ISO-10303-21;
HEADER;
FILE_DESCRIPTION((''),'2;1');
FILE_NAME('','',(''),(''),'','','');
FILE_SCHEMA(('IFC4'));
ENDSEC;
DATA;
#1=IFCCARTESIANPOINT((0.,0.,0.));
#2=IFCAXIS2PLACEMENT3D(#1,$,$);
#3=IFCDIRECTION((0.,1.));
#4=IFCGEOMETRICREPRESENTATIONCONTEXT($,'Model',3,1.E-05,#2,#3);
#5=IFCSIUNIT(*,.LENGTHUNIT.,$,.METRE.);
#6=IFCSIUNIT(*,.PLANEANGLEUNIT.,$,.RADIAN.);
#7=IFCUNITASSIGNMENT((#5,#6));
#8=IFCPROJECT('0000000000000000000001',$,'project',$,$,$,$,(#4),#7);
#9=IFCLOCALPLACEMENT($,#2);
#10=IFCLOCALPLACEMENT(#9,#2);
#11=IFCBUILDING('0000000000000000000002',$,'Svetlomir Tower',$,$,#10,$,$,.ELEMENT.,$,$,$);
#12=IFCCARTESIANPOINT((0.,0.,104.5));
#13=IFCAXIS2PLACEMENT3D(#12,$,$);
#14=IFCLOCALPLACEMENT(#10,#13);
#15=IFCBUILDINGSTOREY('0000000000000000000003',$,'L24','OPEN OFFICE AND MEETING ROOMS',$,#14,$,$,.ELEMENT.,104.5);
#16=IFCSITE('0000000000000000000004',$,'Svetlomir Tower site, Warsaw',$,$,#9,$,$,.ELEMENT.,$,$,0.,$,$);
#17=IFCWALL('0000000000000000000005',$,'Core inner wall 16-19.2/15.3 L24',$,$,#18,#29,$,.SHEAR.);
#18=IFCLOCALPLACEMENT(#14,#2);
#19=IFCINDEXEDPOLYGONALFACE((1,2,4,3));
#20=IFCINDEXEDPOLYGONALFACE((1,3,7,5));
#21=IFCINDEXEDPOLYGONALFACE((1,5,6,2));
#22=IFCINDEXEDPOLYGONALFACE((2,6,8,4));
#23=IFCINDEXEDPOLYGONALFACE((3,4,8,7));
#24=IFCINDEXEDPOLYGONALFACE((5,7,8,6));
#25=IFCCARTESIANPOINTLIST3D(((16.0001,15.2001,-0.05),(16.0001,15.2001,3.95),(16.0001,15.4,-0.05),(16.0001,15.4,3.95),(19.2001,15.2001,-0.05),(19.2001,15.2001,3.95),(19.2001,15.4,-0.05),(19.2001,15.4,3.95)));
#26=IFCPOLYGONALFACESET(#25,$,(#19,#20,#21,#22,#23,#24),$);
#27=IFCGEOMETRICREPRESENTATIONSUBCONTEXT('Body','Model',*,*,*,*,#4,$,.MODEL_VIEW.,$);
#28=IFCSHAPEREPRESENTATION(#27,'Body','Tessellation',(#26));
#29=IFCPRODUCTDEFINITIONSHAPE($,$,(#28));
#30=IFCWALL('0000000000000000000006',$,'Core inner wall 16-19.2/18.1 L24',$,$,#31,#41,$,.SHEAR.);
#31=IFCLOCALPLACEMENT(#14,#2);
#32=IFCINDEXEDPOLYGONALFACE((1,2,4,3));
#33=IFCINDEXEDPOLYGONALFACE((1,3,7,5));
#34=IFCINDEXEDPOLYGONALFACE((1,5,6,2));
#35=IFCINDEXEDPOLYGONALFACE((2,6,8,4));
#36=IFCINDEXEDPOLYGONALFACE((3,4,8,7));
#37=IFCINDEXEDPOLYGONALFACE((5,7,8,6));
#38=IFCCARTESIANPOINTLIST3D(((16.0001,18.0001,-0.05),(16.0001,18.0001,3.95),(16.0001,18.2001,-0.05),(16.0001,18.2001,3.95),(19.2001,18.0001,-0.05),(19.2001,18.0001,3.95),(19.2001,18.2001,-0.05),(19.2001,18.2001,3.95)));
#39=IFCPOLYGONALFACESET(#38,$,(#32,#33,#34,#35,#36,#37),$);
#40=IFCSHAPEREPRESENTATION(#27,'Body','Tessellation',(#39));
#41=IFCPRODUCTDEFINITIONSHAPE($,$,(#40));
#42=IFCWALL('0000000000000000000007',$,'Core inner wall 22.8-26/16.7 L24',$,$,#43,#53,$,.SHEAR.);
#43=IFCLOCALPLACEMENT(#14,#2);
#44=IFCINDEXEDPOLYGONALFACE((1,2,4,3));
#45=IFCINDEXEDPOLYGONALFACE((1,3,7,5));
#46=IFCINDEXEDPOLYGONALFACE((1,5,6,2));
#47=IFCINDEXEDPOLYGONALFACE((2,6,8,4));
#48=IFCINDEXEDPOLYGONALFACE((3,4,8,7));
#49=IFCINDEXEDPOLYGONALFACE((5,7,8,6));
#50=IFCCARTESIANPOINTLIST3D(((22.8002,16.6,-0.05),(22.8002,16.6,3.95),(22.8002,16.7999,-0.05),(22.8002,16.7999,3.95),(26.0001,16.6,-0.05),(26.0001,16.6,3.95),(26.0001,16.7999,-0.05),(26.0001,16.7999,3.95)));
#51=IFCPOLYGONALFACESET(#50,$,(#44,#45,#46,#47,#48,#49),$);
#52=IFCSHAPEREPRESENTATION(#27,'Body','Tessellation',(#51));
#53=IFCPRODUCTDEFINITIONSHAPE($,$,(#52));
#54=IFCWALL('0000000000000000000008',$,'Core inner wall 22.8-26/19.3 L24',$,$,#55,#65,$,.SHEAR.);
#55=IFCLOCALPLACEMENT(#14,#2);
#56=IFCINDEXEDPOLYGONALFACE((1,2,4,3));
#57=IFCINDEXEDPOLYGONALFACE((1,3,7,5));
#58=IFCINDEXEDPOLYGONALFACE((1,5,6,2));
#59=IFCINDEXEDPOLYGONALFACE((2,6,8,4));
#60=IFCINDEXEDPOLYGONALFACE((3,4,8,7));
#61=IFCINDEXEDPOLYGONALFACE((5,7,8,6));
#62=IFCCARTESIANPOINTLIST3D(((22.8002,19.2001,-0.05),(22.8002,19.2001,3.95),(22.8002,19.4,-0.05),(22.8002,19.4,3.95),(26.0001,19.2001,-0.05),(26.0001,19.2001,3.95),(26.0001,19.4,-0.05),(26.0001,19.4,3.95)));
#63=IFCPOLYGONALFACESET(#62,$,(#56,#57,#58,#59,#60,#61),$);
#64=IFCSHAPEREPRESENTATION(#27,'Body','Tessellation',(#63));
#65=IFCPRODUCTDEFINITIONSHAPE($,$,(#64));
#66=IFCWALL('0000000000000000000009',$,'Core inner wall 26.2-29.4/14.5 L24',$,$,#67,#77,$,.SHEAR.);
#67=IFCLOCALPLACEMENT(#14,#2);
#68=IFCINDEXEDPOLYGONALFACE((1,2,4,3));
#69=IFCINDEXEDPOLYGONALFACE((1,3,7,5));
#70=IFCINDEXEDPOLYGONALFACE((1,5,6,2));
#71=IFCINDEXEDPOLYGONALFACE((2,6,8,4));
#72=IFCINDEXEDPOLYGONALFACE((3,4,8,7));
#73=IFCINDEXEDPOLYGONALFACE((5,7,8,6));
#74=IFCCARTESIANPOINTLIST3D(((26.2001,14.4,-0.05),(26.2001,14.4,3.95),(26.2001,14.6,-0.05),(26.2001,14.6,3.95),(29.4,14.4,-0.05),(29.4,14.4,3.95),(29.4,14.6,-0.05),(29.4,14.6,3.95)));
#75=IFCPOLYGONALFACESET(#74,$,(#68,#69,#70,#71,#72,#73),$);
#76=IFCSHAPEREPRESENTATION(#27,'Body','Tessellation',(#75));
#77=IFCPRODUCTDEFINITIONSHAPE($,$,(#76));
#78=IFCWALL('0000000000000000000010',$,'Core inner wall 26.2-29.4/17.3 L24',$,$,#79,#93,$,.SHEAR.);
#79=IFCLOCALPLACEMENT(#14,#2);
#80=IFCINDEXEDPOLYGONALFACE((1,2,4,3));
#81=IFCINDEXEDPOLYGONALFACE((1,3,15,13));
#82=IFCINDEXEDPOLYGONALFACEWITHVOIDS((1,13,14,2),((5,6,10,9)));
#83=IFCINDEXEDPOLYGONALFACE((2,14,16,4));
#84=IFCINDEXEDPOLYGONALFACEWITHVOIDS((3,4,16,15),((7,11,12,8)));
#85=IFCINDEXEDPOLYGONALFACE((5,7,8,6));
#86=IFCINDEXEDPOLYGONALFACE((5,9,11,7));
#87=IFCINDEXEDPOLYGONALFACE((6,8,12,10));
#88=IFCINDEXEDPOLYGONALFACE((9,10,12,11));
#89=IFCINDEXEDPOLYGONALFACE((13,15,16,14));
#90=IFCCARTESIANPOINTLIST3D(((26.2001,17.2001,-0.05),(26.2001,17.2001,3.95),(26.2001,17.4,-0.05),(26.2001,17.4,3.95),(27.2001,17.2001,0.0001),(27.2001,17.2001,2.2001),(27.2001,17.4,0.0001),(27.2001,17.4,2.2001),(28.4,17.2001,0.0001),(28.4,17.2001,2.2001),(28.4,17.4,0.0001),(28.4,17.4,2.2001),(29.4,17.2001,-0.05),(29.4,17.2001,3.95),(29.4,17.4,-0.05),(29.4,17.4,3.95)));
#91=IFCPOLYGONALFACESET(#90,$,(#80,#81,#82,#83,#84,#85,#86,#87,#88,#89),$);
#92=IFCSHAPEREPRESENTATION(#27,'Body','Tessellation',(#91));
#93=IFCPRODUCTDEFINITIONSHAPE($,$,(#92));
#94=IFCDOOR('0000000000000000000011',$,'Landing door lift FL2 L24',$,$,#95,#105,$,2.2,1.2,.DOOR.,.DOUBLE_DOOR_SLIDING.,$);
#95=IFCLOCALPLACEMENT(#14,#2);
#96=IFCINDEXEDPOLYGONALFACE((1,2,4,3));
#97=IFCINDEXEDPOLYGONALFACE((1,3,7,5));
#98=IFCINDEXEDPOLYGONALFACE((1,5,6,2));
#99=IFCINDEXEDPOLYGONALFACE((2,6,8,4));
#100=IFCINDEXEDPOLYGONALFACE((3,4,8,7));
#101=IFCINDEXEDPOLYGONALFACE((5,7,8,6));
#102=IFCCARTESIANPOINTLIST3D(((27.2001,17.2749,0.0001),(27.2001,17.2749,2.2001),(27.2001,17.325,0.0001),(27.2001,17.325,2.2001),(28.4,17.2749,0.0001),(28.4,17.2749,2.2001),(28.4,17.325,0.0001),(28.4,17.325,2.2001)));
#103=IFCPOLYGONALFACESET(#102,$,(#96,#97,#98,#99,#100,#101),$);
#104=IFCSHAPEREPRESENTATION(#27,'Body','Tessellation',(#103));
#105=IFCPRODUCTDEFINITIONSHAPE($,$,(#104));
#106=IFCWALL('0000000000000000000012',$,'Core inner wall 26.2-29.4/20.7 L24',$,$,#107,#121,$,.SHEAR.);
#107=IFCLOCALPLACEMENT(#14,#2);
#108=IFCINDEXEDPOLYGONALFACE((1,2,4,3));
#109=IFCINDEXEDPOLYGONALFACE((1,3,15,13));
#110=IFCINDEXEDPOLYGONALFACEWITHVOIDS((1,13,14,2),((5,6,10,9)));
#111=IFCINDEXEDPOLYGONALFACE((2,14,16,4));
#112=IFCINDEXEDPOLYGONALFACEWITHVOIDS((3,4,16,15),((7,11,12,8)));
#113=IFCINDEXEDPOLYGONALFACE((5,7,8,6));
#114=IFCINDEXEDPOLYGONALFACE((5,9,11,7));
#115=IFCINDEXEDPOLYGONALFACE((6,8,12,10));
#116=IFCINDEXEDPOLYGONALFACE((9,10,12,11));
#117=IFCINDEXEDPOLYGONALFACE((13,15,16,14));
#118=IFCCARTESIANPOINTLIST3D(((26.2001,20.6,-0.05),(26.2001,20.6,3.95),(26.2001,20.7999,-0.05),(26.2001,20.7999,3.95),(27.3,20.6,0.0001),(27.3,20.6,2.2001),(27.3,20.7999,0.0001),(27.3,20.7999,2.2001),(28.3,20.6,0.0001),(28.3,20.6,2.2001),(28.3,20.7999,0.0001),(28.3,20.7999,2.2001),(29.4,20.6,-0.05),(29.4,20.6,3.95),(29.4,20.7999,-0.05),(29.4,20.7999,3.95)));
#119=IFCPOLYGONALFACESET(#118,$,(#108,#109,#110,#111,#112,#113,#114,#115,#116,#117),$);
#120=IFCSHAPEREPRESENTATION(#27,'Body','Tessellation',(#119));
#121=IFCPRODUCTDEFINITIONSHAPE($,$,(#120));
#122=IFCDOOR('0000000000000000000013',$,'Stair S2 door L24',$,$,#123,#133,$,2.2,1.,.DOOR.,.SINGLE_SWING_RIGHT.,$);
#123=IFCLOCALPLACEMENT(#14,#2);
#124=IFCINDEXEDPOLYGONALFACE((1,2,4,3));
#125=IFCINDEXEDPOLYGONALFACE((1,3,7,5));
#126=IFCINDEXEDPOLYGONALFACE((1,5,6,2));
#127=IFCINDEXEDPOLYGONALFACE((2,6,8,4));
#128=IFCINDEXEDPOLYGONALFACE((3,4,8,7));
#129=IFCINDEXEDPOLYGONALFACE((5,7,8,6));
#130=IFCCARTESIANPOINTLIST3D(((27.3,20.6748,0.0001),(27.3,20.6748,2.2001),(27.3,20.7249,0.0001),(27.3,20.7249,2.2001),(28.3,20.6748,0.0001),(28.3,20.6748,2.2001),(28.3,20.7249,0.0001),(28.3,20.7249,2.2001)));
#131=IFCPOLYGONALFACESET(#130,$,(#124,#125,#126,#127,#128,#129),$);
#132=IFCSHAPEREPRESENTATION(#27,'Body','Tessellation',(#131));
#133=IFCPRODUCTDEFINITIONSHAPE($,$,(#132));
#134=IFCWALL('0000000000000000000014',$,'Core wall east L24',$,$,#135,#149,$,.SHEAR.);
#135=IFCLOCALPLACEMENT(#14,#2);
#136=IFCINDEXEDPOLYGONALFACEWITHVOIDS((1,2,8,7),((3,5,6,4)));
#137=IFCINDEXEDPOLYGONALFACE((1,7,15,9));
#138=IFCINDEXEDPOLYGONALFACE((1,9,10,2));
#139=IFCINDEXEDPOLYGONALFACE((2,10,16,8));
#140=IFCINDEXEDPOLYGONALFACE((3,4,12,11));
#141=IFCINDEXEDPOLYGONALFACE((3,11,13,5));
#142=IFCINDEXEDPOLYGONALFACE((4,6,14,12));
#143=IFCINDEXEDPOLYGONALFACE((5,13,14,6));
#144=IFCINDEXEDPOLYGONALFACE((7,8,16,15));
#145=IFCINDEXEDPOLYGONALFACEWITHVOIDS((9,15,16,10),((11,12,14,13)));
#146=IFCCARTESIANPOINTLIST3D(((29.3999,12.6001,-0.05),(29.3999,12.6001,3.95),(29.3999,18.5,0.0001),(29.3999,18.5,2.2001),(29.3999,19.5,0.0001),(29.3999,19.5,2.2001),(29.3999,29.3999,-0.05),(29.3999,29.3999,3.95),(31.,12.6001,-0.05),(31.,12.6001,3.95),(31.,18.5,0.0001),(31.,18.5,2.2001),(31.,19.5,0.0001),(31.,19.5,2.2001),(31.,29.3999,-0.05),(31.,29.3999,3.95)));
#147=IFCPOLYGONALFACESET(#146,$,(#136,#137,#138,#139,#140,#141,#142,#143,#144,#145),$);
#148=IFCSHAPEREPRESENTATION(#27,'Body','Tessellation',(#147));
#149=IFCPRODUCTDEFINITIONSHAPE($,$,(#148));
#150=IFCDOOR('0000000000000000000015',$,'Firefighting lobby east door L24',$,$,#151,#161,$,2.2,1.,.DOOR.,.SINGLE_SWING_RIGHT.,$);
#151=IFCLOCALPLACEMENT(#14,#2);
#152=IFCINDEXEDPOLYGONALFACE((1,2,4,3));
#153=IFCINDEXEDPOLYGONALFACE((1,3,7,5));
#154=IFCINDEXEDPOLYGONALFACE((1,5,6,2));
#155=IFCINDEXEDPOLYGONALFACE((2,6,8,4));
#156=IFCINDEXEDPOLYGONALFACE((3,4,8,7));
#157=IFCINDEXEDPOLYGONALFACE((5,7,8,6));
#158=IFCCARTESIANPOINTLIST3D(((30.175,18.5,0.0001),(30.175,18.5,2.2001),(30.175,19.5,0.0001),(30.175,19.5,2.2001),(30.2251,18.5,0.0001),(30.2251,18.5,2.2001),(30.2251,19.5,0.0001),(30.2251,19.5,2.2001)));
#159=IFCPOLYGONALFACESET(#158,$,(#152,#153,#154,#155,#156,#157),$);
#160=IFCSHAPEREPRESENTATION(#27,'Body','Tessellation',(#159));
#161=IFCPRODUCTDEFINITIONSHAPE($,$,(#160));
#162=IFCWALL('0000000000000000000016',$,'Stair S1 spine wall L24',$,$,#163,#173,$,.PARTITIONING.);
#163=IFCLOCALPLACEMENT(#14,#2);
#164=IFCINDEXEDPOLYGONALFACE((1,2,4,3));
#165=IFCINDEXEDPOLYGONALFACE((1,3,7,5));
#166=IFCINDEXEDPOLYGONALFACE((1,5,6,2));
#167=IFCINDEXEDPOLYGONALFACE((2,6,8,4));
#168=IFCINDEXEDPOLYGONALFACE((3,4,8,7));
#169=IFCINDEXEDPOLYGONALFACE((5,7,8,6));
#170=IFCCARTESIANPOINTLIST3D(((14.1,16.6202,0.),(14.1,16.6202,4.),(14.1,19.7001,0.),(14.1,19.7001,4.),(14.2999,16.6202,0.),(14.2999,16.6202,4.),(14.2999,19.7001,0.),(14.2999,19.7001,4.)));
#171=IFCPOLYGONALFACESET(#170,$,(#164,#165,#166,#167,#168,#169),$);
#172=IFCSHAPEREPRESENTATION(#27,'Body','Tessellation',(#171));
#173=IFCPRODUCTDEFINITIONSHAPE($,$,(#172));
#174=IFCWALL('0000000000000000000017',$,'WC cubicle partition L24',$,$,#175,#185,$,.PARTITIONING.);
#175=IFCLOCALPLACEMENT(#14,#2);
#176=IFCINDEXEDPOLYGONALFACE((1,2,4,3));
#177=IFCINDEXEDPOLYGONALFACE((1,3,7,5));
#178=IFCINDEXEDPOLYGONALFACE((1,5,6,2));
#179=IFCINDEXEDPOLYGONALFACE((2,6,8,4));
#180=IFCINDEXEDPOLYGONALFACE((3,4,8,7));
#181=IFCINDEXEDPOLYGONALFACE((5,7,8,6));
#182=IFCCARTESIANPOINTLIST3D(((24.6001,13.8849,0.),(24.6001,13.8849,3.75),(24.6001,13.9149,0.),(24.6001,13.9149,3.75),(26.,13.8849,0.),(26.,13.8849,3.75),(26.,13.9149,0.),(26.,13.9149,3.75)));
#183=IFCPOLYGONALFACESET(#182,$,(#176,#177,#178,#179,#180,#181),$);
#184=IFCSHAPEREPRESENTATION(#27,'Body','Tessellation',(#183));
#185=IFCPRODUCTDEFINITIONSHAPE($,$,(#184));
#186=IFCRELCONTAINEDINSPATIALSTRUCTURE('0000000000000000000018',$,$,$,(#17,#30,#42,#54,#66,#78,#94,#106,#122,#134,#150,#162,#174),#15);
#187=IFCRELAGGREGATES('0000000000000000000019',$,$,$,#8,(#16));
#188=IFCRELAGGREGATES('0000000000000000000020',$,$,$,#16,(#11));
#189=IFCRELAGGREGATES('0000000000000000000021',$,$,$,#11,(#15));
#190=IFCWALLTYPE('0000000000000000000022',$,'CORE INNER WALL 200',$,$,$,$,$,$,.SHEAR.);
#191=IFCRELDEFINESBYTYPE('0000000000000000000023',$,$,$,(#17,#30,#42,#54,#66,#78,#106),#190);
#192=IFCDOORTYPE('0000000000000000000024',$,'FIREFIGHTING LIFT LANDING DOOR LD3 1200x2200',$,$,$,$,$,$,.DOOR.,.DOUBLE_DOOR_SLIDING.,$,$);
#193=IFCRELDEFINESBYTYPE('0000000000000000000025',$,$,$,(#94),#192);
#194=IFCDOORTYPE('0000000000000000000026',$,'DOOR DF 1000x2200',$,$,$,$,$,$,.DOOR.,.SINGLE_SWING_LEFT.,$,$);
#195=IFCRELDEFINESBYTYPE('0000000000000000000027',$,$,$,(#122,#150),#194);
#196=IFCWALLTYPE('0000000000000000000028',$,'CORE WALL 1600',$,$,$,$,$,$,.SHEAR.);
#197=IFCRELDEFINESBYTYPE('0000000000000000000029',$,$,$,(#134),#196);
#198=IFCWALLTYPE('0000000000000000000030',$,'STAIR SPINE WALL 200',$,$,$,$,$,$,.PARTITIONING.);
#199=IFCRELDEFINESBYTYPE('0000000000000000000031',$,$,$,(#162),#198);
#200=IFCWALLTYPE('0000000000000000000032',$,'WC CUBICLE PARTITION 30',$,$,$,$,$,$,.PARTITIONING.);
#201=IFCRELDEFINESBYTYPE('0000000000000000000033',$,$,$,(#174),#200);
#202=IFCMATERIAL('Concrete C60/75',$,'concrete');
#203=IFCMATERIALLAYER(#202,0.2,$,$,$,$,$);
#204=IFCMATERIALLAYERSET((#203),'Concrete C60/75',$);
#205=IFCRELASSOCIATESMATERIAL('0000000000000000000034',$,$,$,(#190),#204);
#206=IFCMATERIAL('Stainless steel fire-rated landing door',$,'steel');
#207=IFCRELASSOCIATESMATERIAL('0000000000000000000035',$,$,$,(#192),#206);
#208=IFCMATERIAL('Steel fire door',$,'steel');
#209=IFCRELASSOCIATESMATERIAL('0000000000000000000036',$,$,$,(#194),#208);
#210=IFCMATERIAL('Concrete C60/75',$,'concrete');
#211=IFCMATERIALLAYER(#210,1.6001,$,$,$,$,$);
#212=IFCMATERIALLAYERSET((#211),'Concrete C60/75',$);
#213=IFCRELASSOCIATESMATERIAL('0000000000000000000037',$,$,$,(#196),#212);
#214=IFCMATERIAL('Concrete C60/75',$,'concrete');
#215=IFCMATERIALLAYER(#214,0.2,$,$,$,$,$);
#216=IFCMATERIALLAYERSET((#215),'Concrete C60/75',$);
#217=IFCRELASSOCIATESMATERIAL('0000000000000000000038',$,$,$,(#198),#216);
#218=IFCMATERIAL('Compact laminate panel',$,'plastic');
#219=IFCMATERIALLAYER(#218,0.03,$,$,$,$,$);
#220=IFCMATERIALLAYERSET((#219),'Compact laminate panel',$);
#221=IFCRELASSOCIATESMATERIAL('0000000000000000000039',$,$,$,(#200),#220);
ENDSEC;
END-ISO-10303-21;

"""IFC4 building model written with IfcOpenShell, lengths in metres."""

from ifc_helpers import new_model, si_unit, direction, frame, frame_2d, origin, place, context, subcontext, project, spatial, rectangle, extrude, material, layer, layer_set, type_object, element, fill, save


model = new_model("IFC4")

# Units and contexts
model_context = context("Model", 3, precision=1e-05, world=origin(), true_north=direction((0.0, 1.0)))
body_context = subcontext(model_context, "Body", "Model", "MODEL_VIEW")
ifc_project = project(units=[si_unit("LENGTHUNIT", "METRE"), si_unit("PLANEANGLEUNIT", "RADIAN")], contexts=[model_context])

# Site, building, storey
site_placement = place(None, origin())
site = spatial("IfcSite", under=ifc_project, at=site_placement, Name="Svetlomir Tower site, Warsaw", CompositionType="ELEMENT", RefElevation=0.0)
building_placement = place(site_placement, origin())
building = spatial("IfcBuilding", under=site, at=building_placement, Name="Svetlomir Tower", CompositionType="ELEMENT")
storey_placement = place(building_placement, frame((0.0, 0.0, 104.5)))
storey = spatial("IfcBuildingStorey", under=building, at=storey_placement, Name="L24", Description="OPEN OFFICE AND MEETING ROOMS", CompositionType="ELEMENT", Elevation=104.5)

# Walls
ifc_material_1 = material(Name="Concrete C60/75", Category="concrete")
ifc_layer_1 = layer(ifc_material_1, 0.2)
ifc_layer_set_1 = layer_set([ifc_layer_1], Name="Concrete C60/75")
wall_type_1 = type_object("IfcWallType", Name="CORE INNER WALL 200", PredefinedType="SHEAR", material=ifc_layer_set_1)
for number, where, z_axis, x_axis, name in (
    (1, (16.0, 15.3, -0.05), (0.0, 0.0, 1.0), (1.0, 0.0, 0.0), "Core inner wall 16-19.2/15.3 L24"),
    (2, (16.0, 18.1001, -0.05), (0.0, 0.0, 1.0), (1.0, 0.0, 0.0), "Core inner wall 16-19.2/18.1 L24"),
    (3, (22.8, 16.7, -0.05), (0.0, 0.0, 1.0), (1.0, 0.0, 0.0), "Core inner wall 22.8-26/16.7 L24"),
    (4, (22.8, 19.3, -0.05), (0.0, 0.0, 1.0), (1.0, 0.0, 0.0), "Core inner wall 22.8-26/19.3 L24"),
    (5, (26.2, 14.5, -0.05), (0.0, 0.0, 1.0), (1.0, 0.0, 0.0), "Core inner wall 26.2-29.4/14.5 L24"),
):
    element("IfcWall", number, at=place(storey_placement, frame(where, z_axis=z_axis, x_axis=x_axis)), inside=storey, type_object=wall_type_1, Name=name, PredefinedType="SHEAR", context=body_context, shape_type="SweptSolid", body=[
        extrude(rectangle(XDim=3.2, YDim=0.2, at=frame_2d((1.6001, 0.0))), origin(), (0.0, 0.0, 1.0), 4.0),
    ])

# Walls, openings, doors
wall_1_placement = place(storey_placement, frame((26.2, 17.3, -0.05), z_axis=(0.0, 0.0, 1.0), x_axis=(1.0, 0.0, 0.0)))
wall_1 = element("IfcWall", 6, at=wall_1_placement, inside=storey, type_object=wall_type_1, Name="Core inner wall 26.2-29.4/17.3 L24", PredefinedType="SHEAR", context=body_context, shape_type="SweptSolid", body=[
    extrude(rectangle(XDim=3.2, YDim=0.2, at=frame_2d((1.6001, 0.0))), origin(), (0.0, 0.0, 1.0), 4.0),
])
opening_1_placement = place(wall_1_placement, frame((1.0, 0.0, 0.05)))
opening_1 = element("IfcOpeningElement", 7, at=opening_1_placement, cuts=wall_1, PredefinedType="OPENING", context=body_context, shape_type="SweptSolid", body=[
    extrude(rectangle(XDim=1.2, YDim=2.2, at=frame_2d((0.6001, 1.1001))), frame((0.0, 0.1099, 0.0), z_axis=(0.0, -1.0, 0.0), x_axis=(1.0, 0.0, 0.0)), (0.0, 0.0, 1.0), 0.22),
])
ifc_material_2 = material(Name="Stainless steel fire-rated landing door", Category="steel")
door_type_1 = type_object("IfcDoorType", Name="FIREFIGHTING LIFT LANDING DOOR LD3 1200x2200", OperationType="DOUBLE_DOOR_SLIDING", PredefinedType="DOOR", material=ifc_material_2)
door_1_placement = place(opening_1_placement, origin())
door_1 = element("IfcDoor", 8, at=door_1_placement, inside=storey, type_object=door_type_1, Name="Landing door lift FL2 L24", OperationType="DOUBLE_DOOR_SLIDING", OverallHeight=2.2, OverallWidth=1.2, PredefinedType="DOOR", context=body_context, shape_type="SweptSolid", body=[
    extrude(rectangle(XDim=1.2, YDim=2.2, at=frame_2d((0.6001, 1.1001))), frame((0.0, 0.0249, 0.0), z_axis=(0.0, -1.0, 0.0), x_axis=(1.0, 0.0, 0.0)), (0.0, 0.0, 1.0), 0.05),
])
fill(opening_1, door_1)
wall_2_placement = place(storey_placement, frame((26.2, 20.7, -0.05), z_axis=(0.0, 0.0, 1.0), x_axis=(1.0, 0.0, 0.0)))
wall_2 = element("IfcWall", 9, at=wall_2_placement, inside=storey, type_object=wall_type_1, Name="Core inner wall 26.2-29.4/20.7 L24", PredefinedType="SHEAR", context=body_context, shape_type="SweptSolid", body=[
    extrude(rectangle(XDim=3.2, YDim=0.2, at=frame_2d((1.6001, 0.0))), origin(), (0.0, 0.0, 1.0), 4.0),
])
opening_2_placement = place(wall_2_placement, frame((1.1001, 0.0, 0.05)))
opening_2 = element("IfcOpeningElement", 10, at=opening_2_placement, cuts=wall_2, PredefinedType="OPENING", context=body_context, shape_type="SweptSolid", body=[
    extrude(rectangle(XDim=1.0, YDim=2.2, at=frame_2d((0.5, 1.1001))), frame((0.0, 0.1099, 0.0), z_axis=(0.0, -1.0, 0.0), x_axis=(1.0, 0.0, 0.0)), (0.0, 0.0, 1.0), 0.22),
])
ifc_material_3 = material(Name="Steel fire door", Category="steel")
door_type_2 = type_object("IfcDoorType", Name="DOOR DF 1000x2200", OperationType="SINGLE_SWING_LEFT", PredefinedType="DOOR", material=ifc_material_3)
door_2_placement = place(opening_2_placement, origin())
door_2 = element("IfcDoor", 11, at=door_2_placement, inside=storey, type_object=door_type_2, Name="Stair S2 door L24", OperationType="SINGLE_SWING_RIGHT", OverallHeight=2.2, OverallWidth=1.0, PredefinedType="DOOR", context=body_context, shape_type="SweptSolid", body=[
    extrude(rectangle(XDim=1.0, YDim=2.2, at=frame_2d((0.5, 1.1001))), frame((0.0, 0.0249, 0.0), z_axis=(0.0, -1.0, 0.0), x_axis=(1.0, 0.0, 0.0)), (0.0, 0.0, 1.0), 0.05),
])
fill(opening_2, door_2)
ifc_material_4 = material(Name="Concrete C60/75", Category="concrete")
ifc_layer_2 = layer(ifc_material_4, 1.6001)
ifc_layer_set_2 = layer_set([ifc_layer_2], Name="Concrete C60/75")
wall_type_2 = type_object("IfcWallType", Name="CORE WALL 1600", PredefinedType="SHEAR", material=ifc_layer_set_2)
wall_3_placement = place(storey_placement, frame((30.2, 12.6001, -0.05), z_axis=(0.0, 0.0, 1.0), x_axis=(0.0, 1.0, 0.0)))
wall_3 = element("IfcWall", 12, at=wall_3_placement, inside=storey, type_object=wall_type_2, Name="Core wall east L24", PredefinedType="SHEAR", context=body_context, shape_type="SweptSolid", body=[
    extrude(rectangle(XDim=16.7998, YDim=1.6001, at=frame_2d((8.3999, 0.0))), origin(), (0.0, 0.0, 1.0), 4.0),
])
opening_3_placement = place(wall_3_placement, frame((5.8999, 0.0, 0.05)))
opening_3 = element("IfcOpeningElement", 13, at=opening_3_placement, cuts=wall_3, PredefinedType="OPENING", context=body_context, shape_type="SweptSolid", body=[
    extrude(rectangle(XDim=1.0, YDim=2.2, at=frame_2d((0.5, 1.1001))), frame((0.0, 0.8101, 0.0), z_axis=(0.0, -1.0, 0.0), x_axis=(1.0, 0.0, 0.0)), (0.0, 0.0, 1.0), 1.6201),
])
door_3_placement = place(opening_3_placement, origin())
door_3 = element("IfcDoor", 14, at=door_3_placement, inside=storey, type_object=door_type_2, Name="Firefighting lobby east door L24", OperationType="SINGLE_SWING_RIGHT", OverallHeight=2.2, OverallWidth=1.0, PredefinedType="DOOR", context=body_context, shape_type="SweptSolid", body=[
    extrude(rectangle(XDim=1.0, YDim=2.2, at=frame_2d((0.5, 1.1001))), frame((0.0, 0.0249, 0.0), z_axis=(0.0, -1.0, 0.0), x_axis=(1.0, 0.0, 0.0)), (0.0, 0.0, 1.0), 0.05),
])
fill(opening_3, door_3)

# Walls
ifc_material_5 = material(Name="Concrete C60/75", Category="concrete")
ifc_layer_3 = layer(ifc_material_5, 0.2)
ifc_layer_set_3 = layer_set([ifc_layer_3], Name="Concrete C60/75")
wall_type_3 = type_object("IfcWallType", Name="STAIR SPINE WALL 200", PredefinedType="PARTITIONING", material=ifc_layer_set_3)
wall_4_placement = place(storey_placement, frame((14.2, 16.6201, 0.0), z_axis=(0.0, 0.0, 1.0), x_axis=(0.0, 1.0, 0.0)))
element("IfcWall", 15, at=wall_4_placement, inside=storey, type_object=wall_type_3, Name="Stair S1 spine wall L24", PredefinedType="PARTITIONING", context=body_context, shape_type="SweptSolid", body=[
    extrude(rectangle(XDim=3.0798, YDim=0.2, at=frame_2d((1.54, 0.0))), origin(), (0.0, 0.0, 1.0), 4.0),
])
ifc_material_6 = material(Name="Compact laminate panel", Category="plastic")
ifc_layer_4 = layer(ifc_material_6, 0.03)
ifc_layer_set_4 = layer_set([ifc_layer_4], Name="Compact laminate panel")
wall_type_4 = type_object("IfcWallType", Name="WC CUBICLE PARTITION 30", PredefinedType="PARTITIONING", material=ifc_layer_set_4)
for number, where, z_axis, x_axis, name in (
    (16, (24.6001, 13.8999, 0.0), (0.0, 0.0, 1.0), (1.0, 0.0, 0.0), "WC cubicle partition L24"),
):
    element("IfcWall", number, at=place(storey_placement, frame(where, z_axis=z_axis, x_axis=x_axis)), inside=storey, type_object=wall_type_4, Name=name, PredefinedType="PARTITIONING", context=body_context, shape_type="SweptSolid", body=[
        extrude(rectangle(XDim=1.3999, YDim=0.03, at=frame_2d((0.7, 0.0))), origin(), (0.0, 0.0, 1.0), 3.75),
    ])

save(model, "model.ifc")
